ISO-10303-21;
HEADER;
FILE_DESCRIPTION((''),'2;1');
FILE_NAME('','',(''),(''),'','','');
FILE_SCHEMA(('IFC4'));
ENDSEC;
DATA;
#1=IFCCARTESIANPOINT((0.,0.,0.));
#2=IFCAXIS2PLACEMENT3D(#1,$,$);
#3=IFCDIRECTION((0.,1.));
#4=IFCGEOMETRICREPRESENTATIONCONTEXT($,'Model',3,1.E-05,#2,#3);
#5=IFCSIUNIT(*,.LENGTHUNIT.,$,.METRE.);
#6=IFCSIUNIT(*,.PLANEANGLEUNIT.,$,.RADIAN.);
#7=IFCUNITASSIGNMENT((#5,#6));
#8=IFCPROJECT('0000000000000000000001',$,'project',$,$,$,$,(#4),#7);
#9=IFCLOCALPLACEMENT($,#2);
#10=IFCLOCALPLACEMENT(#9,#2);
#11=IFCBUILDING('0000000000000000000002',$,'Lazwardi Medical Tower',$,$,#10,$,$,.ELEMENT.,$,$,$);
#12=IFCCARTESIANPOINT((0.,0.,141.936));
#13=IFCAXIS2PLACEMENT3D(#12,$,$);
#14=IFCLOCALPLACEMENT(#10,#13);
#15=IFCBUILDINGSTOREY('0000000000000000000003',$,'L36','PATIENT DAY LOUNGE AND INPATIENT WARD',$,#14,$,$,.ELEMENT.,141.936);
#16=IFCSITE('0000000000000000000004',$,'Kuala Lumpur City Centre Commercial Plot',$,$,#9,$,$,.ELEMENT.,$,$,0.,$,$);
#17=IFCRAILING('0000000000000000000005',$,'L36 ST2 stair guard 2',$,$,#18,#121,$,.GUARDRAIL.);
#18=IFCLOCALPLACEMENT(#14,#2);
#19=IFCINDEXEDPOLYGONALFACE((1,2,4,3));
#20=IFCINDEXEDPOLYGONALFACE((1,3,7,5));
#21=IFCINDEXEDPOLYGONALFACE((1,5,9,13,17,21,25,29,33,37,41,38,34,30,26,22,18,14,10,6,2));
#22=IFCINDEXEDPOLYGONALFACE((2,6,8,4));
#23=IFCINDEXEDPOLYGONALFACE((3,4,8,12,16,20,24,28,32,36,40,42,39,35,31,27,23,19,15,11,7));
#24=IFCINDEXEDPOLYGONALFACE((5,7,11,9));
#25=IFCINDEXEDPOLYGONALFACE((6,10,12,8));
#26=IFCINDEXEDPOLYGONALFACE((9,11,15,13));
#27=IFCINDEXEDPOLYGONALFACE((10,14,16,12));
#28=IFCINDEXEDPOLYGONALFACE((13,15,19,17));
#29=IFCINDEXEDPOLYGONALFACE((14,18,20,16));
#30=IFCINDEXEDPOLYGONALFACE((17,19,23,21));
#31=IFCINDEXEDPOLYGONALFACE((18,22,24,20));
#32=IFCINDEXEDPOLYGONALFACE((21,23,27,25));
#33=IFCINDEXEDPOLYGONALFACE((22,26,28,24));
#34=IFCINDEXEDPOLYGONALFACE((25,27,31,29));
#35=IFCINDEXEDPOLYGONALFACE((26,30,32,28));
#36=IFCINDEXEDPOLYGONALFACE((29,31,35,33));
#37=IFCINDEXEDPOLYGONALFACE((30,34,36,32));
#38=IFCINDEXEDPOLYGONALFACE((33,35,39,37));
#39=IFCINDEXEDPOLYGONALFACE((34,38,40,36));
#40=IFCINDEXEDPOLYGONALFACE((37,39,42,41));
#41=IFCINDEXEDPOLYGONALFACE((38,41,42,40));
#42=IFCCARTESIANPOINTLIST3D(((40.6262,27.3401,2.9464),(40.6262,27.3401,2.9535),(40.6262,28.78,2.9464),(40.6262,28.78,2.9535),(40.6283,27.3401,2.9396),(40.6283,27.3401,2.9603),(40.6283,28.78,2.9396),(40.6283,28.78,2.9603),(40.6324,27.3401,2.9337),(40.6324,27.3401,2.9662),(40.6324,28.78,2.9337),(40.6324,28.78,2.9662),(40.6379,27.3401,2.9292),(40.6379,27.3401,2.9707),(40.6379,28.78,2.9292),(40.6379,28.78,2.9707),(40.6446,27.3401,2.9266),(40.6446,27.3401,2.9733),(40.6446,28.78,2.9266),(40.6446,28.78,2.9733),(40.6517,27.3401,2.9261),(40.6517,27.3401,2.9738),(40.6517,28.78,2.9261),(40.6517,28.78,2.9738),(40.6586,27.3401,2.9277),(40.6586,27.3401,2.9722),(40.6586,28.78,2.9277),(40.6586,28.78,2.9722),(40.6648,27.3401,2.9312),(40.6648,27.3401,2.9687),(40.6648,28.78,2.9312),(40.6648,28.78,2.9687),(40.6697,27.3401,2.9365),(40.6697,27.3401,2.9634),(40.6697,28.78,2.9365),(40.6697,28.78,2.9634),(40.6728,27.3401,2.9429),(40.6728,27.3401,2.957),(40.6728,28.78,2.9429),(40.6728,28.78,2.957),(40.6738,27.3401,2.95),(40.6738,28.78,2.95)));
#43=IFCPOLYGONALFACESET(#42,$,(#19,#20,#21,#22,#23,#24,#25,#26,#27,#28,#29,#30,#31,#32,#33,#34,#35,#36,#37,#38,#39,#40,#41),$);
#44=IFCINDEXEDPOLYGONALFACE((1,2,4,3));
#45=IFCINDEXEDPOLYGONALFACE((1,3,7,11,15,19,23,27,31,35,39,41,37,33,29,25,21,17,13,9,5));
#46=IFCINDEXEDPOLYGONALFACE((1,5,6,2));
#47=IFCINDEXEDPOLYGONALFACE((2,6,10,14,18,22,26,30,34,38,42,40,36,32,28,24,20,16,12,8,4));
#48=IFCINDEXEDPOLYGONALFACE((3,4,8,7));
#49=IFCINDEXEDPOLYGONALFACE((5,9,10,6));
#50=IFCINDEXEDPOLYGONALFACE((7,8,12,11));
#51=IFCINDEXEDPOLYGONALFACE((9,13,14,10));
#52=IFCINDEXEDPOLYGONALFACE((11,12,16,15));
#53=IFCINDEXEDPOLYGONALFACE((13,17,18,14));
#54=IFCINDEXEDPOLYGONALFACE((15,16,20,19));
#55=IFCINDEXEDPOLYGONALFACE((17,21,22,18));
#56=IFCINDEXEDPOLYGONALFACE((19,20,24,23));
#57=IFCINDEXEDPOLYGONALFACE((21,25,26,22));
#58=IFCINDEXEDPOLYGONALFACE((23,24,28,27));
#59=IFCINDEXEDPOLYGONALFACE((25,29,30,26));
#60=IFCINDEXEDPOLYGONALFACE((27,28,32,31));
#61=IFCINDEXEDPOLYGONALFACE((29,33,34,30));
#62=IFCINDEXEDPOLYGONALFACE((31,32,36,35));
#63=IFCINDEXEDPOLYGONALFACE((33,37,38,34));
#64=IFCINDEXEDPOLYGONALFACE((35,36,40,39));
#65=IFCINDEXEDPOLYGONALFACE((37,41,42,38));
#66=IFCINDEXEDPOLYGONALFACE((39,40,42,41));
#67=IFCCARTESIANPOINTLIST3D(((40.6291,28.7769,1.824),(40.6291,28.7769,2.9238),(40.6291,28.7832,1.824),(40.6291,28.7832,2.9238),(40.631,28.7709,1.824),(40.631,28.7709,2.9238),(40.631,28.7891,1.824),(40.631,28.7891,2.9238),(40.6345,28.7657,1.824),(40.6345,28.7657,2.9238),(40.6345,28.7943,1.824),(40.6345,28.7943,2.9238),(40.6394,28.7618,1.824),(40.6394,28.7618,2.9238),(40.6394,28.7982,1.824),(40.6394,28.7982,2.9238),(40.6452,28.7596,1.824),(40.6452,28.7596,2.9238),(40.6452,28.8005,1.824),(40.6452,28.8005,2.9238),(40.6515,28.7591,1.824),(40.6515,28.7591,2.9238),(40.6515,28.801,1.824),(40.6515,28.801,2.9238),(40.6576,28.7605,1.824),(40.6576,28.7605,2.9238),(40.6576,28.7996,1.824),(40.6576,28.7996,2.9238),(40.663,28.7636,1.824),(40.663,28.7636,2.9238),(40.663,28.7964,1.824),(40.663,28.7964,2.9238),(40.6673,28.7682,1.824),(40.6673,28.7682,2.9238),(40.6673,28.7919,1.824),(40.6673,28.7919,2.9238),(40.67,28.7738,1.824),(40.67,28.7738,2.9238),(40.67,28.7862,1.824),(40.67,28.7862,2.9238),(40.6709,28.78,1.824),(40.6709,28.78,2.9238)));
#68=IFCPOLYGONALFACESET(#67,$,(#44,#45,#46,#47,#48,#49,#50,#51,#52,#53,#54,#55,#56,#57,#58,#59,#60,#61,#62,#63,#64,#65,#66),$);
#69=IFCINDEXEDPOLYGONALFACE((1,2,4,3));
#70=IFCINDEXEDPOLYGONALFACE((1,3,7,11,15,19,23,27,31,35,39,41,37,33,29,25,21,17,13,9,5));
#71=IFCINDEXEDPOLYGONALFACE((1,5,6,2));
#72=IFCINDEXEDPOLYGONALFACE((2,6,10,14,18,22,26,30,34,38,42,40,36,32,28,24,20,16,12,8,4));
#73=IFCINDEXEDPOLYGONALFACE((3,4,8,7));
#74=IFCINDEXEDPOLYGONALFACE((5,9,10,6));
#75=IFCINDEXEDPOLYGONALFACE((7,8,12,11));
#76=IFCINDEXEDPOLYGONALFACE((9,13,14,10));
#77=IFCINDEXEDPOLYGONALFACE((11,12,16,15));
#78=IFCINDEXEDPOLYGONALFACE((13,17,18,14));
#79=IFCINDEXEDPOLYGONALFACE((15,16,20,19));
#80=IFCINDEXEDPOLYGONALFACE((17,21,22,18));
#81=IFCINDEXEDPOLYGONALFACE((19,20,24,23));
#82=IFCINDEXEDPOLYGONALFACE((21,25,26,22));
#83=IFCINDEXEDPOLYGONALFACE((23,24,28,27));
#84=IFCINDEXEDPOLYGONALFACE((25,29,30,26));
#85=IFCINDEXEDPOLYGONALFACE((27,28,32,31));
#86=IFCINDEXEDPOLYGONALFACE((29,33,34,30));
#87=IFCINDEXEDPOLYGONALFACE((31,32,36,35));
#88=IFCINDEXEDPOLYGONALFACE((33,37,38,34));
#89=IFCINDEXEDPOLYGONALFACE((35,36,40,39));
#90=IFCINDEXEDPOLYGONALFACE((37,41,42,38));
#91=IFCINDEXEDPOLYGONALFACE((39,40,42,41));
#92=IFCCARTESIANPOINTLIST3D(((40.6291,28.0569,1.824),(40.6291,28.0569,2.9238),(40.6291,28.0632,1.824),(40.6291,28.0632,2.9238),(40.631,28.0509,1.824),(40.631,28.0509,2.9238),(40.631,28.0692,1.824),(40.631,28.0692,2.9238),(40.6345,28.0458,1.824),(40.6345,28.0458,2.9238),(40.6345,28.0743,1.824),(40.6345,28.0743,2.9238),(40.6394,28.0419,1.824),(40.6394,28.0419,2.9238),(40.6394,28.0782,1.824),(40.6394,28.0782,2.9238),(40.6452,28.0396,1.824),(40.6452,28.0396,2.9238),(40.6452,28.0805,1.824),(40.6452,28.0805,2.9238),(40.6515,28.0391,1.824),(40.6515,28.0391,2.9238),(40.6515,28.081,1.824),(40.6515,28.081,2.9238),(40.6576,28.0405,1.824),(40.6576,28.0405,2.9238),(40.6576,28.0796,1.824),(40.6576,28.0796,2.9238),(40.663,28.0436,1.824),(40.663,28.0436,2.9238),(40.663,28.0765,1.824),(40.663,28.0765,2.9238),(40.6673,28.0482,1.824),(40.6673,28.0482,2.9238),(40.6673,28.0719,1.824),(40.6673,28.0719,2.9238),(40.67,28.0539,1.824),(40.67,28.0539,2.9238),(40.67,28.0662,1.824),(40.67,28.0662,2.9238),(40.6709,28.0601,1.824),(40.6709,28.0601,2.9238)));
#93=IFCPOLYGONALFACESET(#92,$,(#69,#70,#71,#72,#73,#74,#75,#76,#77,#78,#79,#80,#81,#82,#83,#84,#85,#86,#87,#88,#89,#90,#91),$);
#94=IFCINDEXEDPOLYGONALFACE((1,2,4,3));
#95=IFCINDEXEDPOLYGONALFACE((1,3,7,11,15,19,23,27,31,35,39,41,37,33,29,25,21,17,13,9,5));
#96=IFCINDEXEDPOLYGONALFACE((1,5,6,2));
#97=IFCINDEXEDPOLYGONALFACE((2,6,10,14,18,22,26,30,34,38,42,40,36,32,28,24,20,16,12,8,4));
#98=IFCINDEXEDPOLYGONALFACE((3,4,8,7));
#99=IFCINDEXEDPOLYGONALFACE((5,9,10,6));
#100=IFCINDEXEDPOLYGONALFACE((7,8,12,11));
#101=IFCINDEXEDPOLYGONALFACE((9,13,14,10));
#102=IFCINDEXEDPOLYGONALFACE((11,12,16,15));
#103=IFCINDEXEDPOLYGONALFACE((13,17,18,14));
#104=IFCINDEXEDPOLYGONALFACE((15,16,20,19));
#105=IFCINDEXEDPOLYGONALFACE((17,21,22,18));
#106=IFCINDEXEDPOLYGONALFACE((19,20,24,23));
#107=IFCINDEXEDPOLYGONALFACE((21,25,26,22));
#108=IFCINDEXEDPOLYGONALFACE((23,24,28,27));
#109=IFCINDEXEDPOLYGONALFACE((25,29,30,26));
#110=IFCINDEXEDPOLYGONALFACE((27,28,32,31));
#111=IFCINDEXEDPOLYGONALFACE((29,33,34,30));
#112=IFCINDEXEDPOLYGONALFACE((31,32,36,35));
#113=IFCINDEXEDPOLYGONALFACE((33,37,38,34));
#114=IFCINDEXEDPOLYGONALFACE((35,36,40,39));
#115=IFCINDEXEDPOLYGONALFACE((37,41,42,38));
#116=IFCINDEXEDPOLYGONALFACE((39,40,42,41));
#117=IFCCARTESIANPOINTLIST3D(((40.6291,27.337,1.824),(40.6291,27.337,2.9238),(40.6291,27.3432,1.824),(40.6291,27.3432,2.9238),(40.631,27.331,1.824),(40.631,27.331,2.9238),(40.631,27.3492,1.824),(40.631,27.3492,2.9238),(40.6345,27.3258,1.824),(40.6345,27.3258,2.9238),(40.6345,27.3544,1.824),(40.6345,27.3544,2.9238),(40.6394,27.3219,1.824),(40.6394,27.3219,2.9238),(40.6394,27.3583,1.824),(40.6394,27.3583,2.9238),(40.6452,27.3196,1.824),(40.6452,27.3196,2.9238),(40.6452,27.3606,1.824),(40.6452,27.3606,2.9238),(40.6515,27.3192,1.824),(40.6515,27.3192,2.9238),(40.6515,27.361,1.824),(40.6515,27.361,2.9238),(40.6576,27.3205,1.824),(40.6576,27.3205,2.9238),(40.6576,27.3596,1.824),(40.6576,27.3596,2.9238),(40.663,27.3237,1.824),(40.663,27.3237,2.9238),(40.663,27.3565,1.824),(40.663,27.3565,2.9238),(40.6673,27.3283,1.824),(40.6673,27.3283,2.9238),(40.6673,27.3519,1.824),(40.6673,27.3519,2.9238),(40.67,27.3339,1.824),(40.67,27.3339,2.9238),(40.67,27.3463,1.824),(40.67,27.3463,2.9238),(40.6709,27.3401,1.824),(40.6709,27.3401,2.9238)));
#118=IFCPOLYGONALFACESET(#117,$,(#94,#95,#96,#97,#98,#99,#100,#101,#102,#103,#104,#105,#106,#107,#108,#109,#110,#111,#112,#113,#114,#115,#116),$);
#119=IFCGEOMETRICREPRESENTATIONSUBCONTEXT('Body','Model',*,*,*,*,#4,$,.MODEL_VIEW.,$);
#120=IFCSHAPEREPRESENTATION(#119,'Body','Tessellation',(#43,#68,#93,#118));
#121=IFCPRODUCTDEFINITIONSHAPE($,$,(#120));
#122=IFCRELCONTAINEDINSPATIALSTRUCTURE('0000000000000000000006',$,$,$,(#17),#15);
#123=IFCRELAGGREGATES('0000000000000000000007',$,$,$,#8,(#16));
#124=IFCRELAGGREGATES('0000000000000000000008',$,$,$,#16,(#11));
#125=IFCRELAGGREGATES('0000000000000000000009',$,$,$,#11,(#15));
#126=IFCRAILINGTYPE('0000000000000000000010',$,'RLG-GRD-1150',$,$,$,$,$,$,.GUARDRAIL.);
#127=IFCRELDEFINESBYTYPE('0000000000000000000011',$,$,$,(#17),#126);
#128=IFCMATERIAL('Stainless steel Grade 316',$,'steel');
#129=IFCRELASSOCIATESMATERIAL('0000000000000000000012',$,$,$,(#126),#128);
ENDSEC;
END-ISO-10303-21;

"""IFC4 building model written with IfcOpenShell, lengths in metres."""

from ifc_helpers import new_model, si_unit, direction, frame, origin, origin_2d, place, context, subcontext, project, spatial, circle, extrude, material, type_object, element, save


model = new_model("IFC4")

# Units and contexts
model_context = context("Model", 3, precision=1e-05, world=origin(), true_north=direction((0.0, 1.0)))
body_context = subcontext(model_context, "Body", "Model", "MODEL_VIEW")
ifc_project = project(units=[si_unit("LENGTHUNIT", "METRE"), si_unit("PLANEANGLEUNIT", "RADIAN")], contexts=[model_context])

# Site, building, storey
site_placement = place(None, origin())
site = spatial("IfcSite", under=ifc_project, at=site_placement, Name="Kuala Lumpur City Centre Commercial Plot", CompositionType="ELEMENT", RefElevation=0.0)
building_placement = place(site_placement, origin())
building = spatial("IfcBuilding", under=site, at=building_placement, Name="Lazwardi Medical Tower", CompositionType="ELEMENT")
storey_placement = place(building_placement, frame((0.0, 0.0, 141.936)))
storey = spatial("IfcBuildingStorey", under=building, at=storey_placement, Name="L36", Description="PATIENT DAY LOUNGE AND INPATIENT WARD", CompositionType="ELEMENT", Elevation=141.936)

# Railing
ifc_material_1 = material(Name="Stainless steel Grade 316", Category="steel")
railing_type_1 = type_object("IfcRailingType", Name="RLG-GRD-1150", PredefinedType="GUARDRAIL", material=ifc_material_1)
railing_1_placement = place(storey_placement, frame((40.6499, 28.78, 1.824)))
element("IfcRailing", 1, at=railing_1_placement, inside=storey, type_object=railing_type_1, Name="L36 ST2 stair guard 2", PredefinedType="GUARDRAIL", context=body_context, shape_type="SweptSolid", body=[
    extrude(circle(Radius=0.0239, at=origin_2d()), frame((0.0, 0.0, 1.126), z_axis=(0.0, -1.0, 0.0), x_axis=(1.0, 0.0, 0.0)), (0.0, 0.0, 1.0), 1.4399),
    extrude(circle(Radius=0.021, at=origin_2d()), origin(), (0.0, 0.0, 1.0), 1.0999),
    extrude(circle(Radius=0.021, at=origin_2d()), frame((0.0, -0.72, 0.0)), (0.0, 0.0, 1.0), 1.0999),
    extrude(circle(Radius=0.021, at=origin_2d()), frame((0.0, -1.4399, 0.0)), (0.0, 0.0, 1.0), 1.0999),
])

save(model, "model.ifc")
